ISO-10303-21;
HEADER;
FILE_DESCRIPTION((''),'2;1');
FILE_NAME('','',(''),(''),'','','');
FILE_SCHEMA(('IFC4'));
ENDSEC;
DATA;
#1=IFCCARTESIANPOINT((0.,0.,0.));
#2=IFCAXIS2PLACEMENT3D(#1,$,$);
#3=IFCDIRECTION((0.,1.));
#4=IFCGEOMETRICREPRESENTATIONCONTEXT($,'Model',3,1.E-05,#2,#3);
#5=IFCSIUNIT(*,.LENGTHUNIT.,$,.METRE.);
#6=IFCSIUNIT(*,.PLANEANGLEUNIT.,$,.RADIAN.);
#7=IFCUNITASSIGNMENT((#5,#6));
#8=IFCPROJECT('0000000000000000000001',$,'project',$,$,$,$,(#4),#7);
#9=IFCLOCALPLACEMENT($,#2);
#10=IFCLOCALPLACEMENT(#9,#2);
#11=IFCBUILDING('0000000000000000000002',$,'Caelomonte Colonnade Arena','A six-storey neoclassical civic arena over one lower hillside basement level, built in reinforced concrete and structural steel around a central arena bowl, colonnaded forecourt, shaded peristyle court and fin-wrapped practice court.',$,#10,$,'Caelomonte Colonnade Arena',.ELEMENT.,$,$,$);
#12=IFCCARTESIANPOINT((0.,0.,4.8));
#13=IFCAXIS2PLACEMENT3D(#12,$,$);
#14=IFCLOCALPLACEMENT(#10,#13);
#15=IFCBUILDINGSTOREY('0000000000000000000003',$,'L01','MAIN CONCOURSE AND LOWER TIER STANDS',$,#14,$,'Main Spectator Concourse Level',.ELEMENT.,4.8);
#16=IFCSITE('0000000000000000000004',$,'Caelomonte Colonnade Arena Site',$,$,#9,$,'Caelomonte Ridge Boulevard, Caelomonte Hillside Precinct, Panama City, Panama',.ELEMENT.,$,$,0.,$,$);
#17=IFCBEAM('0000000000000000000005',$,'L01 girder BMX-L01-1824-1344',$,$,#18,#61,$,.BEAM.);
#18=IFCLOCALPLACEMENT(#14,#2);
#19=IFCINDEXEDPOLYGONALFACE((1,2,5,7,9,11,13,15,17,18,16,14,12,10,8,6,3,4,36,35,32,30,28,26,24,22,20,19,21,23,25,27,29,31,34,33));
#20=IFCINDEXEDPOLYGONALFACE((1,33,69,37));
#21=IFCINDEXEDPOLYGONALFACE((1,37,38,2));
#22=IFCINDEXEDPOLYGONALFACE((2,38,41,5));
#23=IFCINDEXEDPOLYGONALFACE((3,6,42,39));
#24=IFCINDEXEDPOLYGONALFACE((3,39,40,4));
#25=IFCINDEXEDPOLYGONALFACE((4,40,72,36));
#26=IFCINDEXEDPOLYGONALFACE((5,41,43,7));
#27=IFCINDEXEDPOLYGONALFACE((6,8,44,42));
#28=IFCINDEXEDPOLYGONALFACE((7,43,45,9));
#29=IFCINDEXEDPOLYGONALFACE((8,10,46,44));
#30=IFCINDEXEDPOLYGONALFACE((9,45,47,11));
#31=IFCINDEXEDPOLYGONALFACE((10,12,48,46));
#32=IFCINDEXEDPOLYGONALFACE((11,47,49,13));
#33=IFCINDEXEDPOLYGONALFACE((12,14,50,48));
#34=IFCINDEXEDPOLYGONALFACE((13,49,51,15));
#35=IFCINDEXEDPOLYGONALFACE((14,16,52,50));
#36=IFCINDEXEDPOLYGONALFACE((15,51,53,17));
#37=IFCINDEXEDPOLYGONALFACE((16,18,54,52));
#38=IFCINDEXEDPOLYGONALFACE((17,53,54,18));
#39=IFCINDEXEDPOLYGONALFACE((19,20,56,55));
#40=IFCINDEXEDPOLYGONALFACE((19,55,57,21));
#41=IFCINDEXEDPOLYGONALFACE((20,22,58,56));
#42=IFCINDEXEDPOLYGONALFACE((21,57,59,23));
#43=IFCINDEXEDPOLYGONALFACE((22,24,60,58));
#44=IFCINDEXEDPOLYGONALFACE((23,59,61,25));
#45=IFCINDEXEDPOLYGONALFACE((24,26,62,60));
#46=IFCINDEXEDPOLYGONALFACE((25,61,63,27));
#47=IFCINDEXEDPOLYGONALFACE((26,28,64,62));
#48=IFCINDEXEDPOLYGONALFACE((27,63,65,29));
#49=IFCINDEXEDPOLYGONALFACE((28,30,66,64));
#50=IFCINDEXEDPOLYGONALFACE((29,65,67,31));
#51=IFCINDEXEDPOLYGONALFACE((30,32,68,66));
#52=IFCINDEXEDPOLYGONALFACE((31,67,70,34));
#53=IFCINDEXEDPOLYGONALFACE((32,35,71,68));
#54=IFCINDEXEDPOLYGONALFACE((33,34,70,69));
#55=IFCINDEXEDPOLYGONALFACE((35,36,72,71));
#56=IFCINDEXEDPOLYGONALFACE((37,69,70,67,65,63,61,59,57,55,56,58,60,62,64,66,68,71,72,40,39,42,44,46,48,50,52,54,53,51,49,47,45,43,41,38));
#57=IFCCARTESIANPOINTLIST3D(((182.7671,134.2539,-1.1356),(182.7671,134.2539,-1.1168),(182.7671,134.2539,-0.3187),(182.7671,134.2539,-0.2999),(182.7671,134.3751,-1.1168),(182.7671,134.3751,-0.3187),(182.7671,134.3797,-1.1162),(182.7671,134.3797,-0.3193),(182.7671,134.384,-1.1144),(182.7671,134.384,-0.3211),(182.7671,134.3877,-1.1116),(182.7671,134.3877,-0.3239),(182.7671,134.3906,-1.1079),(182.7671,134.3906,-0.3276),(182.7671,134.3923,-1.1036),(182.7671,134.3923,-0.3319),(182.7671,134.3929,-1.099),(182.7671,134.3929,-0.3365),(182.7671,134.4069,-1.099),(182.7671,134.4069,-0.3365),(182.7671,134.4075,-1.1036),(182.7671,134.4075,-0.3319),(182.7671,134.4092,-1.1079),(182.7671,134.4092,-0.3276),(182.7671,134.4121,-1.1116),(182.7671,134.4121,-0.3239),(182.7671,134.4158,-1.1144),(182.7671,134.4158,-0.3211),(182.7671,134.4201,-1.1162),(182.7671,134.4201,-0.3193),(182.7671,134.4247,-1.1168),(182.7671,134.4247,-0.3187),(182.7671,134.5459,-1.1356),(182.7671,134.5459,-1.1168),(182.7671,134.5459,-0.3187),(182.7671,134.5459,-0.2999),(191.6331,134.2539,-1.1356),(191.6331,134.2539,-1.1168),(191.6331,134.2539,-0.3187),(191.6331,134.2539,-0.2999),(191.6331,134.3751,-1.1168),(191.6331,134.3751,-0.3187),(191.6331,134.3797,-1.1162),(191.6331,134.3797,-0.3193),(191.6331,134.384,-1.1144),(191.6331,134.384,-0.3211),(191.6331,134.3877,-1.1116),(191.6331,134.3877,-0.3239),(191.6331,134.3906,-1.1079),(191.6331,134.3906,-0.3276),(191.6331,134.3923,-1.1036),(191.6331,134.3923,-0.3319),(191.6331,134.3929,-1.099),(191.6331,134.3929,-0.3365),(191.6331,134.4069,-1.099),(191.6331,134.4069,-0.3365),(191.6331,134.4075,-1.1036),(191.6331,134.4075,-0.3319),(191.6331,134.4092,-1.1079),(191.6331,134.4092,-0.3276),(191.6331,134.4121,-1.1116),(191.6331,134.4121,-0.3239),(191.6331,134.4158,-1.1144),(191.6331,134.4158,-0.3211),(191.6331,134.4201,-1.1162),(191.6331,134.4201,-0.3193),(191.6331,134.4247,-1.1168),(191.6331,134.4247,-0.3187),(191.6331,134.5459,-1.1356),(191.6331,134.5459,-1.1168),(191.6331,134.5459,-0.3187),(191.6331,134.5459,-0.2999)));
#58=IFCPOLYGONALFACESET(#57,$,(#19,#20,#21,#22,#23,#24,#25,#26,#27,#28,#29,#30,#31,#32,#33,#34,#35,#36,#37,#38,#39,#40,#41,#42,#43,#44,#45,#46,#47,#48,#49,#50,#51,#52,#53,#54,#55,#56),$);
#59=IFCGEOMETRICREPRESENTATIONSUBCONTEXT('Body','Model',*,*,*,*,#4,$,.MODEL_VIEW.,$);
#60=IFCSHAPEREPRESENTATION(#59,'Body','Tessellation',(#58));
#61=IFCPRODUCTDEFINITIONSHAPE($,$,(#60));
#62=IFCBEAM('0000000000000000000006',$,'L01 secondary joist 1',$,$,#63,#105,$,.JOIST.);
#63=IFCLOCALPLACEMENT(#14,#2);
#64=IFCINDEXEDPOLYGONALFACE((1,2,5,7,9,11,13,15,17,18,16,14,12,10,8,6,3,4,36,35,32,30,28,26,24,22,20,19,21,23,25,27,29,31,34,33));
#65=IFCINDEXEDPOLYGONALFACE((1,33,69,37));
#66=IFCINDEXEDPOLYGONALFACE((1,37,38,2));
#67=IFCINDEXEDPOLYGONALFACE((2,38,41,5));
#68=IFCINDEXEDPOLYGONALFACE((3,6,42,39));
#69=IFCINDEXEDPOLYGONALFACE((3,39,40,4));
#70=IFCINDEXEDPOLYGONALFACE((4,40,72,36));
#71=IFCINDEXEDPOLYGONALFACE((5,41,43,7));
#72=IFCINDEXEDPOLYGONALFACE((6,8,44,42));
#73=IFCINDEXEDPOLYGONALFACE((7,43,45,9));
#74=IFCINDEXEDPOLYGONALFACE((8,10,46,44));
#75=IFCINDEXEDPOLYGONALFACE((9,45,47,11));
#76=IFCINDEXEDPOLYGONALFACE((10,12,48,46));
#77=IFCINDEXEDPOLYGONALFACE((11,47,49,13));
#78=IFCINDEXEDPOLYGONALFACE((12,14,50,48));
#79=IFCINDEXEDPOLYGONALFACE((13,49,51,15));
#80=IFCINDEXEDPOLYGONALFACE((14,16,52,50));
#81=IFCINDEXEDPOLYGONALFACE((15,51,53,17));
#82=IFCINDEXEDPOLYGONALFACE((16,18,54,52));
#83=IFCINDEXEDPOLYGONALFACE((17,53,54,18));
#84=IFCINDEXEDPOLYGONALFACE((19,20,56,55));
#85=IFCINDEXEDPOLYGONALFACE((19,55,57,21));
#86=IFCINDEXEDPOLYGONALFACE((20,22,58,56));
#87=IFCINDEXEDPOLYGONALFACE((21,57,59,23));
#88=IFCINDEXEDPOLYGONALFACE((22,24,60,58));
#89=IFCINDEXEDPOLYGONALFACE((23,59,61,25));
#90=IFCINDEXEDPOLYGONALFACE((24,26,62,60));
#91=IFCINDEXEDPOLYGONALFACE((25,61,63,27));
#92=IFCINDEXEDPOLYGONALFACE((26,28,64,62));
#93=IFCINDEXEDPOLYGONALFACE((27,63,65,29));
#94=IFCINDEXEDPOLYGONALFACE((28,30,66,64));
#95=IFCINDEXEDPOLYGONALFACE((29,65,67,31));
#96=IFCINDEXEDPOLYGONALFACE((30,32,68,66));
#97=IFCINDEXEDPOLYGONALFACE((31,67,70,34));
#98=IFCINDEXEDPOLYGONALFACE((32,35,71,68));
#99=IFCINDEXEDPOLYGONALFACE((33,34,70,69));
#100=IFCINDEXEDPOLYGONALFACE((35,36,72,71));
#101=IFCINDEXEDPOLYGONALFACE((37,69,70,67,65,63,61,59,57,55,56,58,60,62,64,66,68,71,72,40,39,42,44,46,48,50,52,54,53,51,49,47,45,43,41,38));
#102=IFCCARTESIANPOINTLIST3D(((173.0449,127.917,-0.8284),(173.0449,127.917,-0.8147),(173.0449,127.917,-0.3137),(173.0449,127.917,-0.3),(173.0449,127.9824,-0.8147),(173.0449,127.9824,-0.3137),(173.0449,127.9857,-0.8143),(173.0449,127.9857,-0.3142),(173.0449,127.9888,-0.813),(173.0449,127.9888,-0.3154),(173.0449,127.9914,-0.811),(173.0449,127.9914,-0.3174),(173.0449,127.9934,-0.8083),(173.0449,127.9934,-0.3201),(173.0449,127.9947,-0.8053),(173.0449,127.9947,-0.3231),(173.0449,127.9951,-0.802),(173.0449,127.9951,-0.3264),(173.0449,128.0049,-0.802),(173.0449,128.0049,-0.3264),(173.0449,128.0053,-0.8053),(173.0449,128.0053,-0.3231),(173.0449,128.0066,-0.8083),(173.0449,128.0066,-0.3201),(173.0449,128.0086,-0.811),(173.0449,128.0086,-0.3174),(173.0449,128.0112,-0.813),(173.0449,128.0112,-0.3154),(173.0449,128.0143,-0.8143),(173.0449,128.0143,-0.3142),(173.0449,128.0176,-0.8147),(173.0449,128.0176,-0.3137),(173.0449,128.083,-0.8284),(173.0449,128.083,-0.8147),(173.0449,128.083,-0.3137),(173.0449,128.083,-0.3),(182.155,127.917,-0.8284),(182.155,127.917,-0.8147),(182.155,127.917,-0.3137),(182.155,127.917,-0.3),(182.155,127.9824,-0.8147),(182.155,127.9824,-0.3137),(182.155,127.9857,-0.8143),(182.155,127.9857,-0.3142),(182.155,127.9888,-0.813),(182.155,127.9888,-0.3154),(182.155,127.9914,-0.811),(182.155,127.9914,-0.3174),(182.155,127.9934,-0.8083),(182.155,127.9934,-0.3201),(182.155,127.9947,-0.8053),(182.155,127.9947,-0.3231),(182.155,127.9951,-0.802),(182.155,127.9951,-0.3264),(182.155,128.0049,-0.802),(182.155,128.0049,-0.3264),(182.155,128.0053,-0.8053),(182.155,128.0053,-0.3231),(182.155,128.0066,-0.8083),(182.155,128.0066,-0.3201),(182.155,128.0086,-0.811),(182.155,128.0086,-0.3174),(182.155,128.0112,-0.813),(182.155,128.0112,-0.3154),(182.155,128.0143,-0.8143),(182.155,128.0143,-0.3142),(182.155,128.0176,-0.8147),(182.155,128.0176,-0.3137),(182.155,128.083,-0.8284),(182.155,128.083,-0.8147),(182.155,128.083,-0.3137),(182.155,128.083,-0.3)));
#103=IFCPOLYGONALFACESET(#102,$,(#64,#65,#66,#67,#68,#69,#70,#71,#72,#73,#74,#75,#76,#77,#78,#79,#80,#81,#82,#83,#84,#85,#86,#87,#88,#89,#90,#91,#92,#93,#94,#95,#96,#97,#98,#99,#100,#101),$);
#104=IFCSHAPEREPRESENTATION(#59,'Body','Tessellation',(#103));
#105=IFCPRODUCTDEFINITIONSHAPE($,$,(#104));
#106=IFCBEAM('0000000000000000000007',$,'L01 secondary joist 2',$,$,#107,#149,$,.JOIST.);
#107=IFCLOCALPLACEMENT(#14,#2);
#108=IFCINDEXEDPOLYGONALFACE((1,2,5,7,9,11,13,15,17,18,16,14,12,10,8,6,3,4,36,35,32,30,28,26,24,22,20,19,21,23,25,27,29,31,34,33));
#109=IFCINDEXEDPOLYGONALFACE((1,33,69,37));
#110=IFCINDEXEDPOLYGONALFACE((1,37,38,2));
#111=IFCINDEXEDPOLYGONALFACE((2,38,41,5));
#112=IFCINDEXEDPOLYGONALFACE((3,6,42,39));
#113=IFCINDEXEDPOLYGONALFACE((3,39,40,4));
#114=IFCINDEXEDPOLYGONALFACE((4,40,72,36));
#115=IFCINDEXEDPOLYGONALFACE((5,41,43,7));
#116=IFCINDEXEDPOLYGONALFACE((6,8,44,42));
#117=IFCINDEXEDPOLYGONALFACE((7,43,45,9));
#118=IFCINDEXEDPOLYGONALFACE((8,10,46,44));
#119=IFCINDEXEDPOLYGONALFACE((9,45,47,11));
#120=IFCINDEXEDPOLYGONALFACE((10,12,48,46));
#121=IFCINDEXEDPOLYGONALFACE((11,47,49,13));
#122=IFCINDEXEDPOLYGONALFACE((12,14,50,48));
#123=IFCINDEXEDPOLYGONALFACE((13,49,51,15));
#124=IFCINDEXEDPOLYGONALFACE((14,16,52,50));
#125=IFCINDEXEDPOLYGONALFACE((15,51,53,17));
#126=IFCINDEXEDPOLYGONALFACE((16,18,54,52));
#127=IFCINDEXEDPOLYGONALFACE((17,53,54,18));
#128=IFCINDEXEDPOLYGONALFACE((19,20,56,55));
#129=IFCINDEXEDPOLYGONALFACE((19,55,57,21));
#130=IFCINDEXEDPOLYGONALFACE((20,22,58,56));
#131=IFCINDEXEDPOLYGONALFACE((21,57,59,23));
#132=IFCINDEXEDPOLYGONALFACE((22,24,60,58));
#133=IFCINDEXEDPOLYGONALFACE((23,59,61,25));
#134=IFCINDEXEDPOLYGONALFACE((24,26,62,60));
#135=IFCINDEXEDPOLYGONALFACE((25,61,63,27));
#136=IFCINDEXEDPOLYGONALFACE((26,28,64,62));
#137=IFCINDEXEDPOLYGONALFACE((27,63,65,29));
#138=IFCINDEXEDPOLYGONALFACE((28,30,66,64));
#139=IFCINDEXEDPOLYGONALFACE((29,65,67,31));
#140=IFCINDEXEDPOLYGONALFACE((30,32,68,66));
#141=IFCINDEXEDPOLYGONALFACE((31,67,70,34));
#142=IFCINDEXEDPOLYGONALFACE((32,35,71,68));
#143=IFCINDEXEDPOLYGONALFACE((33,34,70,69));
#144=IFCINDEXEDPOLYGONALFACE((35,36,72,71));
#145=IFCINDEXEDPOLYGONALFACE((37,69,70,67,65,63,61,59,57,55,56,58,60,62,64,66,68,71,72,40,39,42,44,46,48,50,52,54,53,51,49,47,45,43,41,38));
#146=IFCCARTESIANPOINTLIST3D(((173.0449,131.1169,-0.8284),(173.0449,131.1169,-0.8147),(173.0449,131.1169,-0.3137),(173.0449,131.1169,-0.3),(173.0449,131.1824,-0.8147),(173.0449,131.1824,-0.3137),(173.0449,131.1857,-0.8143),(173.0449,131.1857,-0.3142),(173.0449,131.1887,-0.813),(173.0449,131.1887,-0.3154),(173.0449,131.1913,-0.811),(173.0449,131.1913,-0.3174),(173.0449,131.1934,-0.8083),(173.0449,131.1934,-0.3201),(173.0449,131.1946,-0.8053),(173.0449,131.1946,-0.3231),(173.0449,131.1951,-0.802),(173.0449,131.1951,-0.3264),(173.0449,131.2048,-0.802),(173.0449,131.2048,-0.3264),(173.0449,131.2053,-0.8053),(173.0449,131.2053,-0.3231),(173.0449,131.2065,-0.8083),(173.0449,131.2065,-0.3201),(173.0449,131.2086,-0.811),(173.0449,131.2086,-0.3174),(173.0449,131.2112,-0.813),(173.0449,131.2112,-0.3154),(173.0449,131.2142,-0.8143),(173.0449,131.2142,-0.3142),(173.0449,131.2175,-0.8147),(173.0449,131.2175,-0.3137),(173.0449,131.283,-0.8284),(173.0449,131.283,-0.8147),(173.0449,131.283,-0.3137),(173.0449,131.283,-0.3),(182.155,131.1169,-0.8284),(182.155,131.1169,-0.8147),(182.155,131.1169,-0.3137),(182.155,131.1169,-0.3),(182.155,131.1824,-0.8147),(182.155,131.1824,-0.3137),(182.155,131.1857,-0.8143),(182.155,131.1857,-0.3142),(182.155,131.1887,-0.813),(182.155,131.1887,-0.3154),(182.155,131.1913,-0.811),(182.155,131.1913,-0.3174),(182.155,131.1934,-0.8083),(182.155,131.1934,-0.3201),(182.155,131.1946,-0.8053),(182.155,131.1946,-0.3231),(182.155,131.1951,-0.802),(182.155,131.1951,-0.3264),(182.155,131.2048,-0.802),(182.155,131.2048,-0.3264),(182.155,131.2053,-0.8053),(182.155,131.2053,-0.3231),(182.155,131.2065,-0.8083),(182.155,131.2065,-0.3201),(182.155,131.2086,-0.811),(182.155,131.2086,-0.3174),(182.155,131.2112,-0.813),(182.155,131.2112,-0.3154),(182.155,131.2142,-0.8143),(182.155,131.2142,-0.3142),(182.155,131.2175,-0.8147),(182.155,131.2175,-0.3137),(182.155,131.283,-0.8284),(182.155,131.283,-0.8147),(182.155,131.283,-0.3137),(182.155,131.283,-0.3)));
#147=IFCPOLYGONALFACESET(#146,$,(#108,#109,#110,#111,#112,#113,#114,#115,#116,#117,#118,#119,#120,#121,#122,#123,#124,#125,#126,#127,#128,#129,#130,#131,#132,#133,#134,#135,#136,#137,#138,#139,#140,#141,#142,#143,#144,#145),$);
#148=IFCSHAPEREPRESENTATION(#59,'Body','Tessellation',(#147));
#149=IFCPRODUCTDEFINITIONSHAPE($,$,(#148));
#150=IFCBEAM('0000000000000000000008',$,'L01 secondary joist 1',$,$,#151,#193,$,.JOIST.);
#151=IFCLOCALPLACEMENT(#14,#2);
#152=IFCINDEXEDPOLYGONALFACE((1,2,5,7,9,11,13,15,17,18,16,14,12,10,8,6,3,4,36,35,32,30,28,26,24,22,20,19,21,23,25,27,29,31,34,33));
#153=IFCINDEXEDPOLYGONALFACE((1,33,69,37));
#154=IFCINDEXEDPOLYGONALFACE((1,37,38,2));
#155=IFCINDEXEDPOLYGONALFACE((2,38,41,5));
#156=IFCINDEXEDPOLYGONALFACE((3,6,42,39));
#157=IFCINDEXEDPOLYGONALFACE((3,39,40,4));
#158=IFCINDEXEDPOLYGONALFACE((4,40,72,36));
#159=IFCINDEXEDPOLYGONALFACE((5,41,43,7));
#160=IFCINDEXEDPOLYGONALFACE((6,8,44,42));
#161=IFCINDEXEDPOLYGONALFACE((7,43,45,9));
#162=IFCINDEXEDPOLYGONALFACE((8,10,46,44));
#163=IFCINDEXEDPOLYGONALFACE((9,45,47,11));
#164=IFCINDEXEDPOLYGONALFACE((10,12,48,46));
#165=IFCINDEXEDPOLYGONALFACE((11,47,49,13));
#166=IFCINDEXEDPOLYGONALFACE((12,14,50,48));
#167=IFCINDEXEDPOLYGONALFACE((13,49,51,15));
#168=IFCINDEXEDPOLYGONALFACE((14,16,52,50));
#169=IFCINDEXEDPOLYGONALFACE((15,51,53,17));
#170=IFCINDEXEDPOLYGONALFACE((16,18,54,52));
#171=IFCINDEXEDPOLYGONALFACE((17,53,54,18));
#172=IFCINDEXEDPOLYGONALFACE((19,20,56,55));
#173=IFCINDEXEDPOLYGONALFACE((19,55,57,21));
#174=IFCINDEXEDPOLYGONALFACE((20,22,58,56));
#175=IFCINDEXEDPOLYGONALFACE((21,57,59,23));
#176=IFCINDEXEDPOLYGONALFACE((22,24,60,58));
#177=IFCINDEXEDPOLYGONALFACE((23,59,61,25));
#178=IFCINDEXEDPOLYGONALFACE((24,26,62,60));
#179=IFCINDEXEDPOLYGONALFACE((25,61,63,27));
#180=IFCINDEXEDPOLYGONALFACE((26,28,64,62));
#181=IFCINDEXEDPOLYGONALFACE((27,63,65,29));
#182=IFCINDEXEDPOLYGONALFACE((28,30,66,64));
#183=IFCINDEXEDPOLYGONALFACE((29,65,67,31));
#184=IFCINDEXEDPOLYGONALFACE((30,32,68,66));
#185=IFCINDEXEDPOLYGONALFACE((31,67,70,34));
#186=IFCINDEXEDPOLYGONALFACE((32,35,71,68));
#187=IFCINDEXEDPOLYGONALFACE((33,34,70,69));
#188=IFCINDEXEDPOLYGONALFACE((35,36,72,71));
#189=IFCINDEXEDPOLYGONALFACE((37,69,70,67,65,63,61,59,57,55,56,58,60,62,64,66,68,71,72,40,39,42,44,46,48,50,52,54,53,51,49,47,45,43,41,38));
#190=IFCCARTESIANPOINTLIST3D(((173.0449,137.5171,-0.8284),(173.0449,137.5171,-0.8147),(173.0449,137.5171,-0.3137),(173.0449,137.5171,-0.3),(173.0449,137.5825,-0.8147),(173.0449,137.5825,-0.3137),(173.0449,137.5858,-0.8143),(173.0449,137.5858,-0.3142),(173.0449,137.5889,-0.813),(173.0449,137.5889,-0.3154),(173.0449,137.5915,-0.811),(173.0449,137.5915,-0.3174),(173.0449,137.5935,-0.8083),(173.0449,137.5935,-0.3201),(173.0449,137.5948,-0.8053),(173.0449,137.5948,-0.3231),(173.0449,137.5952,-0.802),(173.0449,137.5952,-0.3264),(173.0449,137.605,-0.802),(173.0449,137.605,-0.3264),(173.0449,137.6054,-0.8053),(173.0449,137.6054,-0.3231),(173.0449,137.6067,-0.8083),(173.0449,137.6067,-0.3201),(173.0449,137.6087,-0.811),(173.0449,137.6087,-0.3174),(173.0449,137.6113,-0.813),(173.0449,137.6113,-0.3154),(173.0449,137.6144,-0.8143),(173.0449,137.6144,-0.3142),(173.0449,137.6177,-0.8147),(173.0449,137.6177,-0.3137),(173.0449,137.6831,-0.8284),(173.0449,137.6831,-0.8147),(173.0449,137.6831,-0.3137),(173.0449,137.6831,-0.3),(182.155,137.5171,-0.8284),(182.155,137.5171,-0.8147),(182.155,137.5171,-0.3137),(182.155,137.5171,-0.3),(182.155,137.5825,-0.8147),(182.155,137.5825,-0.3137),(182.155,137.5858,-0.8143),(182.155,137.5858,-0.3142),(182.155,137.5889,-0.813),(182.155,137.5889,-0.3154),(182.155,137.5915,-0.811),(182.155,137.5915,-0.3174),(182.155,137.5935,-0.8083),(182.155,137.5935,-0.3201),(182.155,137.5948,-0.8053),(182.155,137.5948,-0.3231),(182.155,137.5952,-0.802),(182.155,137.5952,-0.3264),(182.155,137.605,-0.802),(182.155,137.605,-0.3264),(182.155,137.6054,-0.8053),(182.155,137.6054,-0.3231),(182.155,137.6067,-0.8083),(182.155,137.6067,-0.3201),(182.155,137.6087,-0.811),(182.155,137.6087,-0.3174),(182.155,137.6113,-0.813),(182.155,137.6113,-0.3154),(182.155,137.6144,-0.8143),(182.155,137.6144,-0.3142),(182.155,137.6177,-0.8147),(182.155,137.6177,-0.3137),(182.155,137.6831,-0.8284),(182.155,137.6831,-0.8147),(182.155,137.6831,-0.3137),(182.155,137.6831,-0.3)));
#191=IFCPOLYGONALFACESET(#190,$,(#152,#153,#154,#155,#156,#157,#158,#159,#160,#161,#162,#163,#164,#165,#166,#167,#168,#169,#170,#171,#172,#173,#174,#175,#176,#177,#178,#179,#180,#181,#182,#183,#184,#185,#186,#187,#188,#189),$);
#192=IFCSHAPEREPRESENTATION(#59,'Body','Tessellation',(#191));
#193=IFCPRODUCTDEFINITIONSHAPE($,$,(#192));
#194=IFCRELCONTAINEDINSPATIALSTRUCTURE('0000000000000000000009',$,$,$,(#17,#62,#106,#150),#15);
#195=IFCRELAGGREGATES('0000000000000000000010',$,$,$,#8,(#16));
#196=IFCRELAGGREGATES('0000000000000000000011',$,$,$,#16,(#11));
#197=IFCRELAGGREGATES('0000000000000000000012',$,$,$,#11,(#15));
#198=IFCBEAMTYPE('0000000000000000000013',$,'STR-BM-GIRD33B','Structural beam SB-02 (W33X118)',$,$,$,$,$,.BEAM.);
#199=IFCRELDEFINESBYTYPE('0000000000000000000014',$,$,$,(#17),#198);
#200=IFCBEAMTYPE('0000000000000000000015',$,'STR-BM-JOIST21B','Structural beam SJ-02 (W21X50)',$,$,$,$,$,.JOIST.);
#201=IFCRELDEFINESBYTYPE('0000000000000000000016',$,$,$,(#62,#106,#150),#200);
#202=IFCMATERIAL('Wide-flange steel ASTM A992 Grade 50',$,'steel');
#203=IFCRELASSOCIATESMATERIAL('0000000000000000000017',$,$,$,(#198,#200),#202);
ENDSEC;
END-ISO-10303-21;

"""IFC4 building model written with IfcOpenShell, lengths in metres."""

from ifc_helpers import new_model, si_unit, direction, frame, origin, origin_2d, place, context, subcontext, project, spatial, i_section, extrude, material, material_profile, profile_set, type_object, element, save


model = new_model("IFC4")

# Units and contexts
model_context = context("Model", 3, precision=1e-05, world=origin(), true_north=direction((0.0, 1.0)))
body_context = subcontext(model_context, "Body", "Model", "MODEL_VIEW")
ifc_project = project(units=[si_unit("LENGTHUNIT", "METRE"), si_unit("PLANEANGLEUNIT", "RADIAN")], contexts=[model_context])

# Site, building, storey
site_placement = place(None, origin())
site = spatial("IfcSite", under=ifc_project, at=site_placement, Name="Caelomonte Colonnade Arena Site", LongName="Caelomonte Ridge Boulevard, Caelomonte Hillside Precinct, Panama City, Panama", CompositionType="ELEMENT", RefElevation=0.0)
building_placement = place(site_placement, origin())
building = spatial("IfcBuilding", under=site, at=building_placement, Name="Caelomonte Colonnade Arena", Description="A six-storey neoclassical civic arena over one lower hillside basement level, built in reinforced concrete and structural steel around a central arena bowl, colonnaded forecourt, shaded peristyle court and fin-wrapped practice court.", LongName="Caelomonte Colonnade Arena", CompositionType="ELEMENT")
storey_placement = place(building_placement, frame((0.0, 0.0, 4.8)))
storey = spatial("IfcBuildingStorey", under=building, at=storey_placement, Name="L01", Description="MAIN CONCOURSE AND LOWER TIER STANDS", LongName="Main Spectator Concourse Level", CompositionType="ELEMENT", Elevation=4.8)

# Beams
ifc_material_1 = material(Name="Wide-flange steel ASTM A992 Grade 50", Category="steel")
ifc_material_profile_1 = material_profile(ifc_material_1, i_section(OverallWidth=0.292, OverallDepth=0.8357, WebThickness=0.0139, FlangeThickness=0.0188, FilletRadius=0.0178, at=origin_2d()), Name="W33X118")
ifc_profile_set_1 = profile_set([ifc_material_profile_1], Name="Wide-flange steel ASTM A992 Grade 50")
beam_type_1 = type_object("IfcBeamType", Name="STR-BM-GIRD33B", Description="Structural beam SB-02 (W33X118)", PredefinedType="BEAM", material=ifc_profile_set_1)
for number, where, z_axis, x_axis, name in (
    (1, (182.7671, 134.3999, -0.7178), (1.0, 0.0, 0.0), (0.0, 1.0, 0.0), "L01 girder BMX-L01-1824-1344"),
):
    element("IfcBeam", number, at=place(storey_placement, frame(where, z_axis=z_axis, x_axis=x_axis)), inside=storey, type_object=beam_type_1, Name=name, PredefinedType="BEAM", context=body_context, shape_type="SweptSolid", body=[
        extrude(i_section(OverallWidth=0.292, OverallDepth=0.8357, WebThickness=0.0139, FlangeThickness=0.0188, FilletRadius=0.0178, at=origin_2d()), origin(), (0.0, 0.0, 1.0), 8.866),
    ])
ifc_material_profile_2 = material_profile(ifc_material_1, i_section(OverallWidth=0.166, OverallDepth=0.5283, WebThickness=0.0098, FlangeThickness=0.0137, FilletRadius=0.0127, at=origin_2d()), Name="W21X50")
ifc_profile_set_2 = profile_set([ifc_material_profile_2], Name="Wide-flange steel ASTM A992 Grade 50")
beam_type_2 = type_object("IfcBeamType", Name="STR-BM-JOIST21B", Description="Structural beam SJ-02 (W21X50)", PredefinedType="JOIST", material=ifc_profile_set_2)
for number, where, z_axis, x_axis, name in (
    (2, (173.0449, 128.0, -0.5642), (1.0, 0.0, 0.0), (0.0, 1.0, 0.0), "L01 secondary joist 1"),
    (3, (173.0449, 131.2, -0.5642), (1.0, 0.0, 0.0), (0.0, 1.0, 0.0), "L01 secondary joist 2"),
    (4, (173.0449, 137.6001, -0.5642), (1.0, 0.0, 0.0), (0.0, 1.0, 0.0), "L01 secondary joist 1"),
):
    element("IfcBeam", number, at=place(storey_placement, frame(where, z_axis=z_axis, x_axis=x_axis)), inside=storey, type_object=beam_type_2, Name=name, PredefinedType="JOIST", context=body_context, shape_type="SweptSolid", body=[
        extrude(i_section(OverallWidth=0.166, OverallDepth=0.5283, WebThickness=0.0098, FlangeThickness=0.0137, FilletRadius=0.0127, at=origin_2d()), origin(), (0.0, 0.0, 1.0), 9.1101),
    ])

save(model, "model.ifc")
